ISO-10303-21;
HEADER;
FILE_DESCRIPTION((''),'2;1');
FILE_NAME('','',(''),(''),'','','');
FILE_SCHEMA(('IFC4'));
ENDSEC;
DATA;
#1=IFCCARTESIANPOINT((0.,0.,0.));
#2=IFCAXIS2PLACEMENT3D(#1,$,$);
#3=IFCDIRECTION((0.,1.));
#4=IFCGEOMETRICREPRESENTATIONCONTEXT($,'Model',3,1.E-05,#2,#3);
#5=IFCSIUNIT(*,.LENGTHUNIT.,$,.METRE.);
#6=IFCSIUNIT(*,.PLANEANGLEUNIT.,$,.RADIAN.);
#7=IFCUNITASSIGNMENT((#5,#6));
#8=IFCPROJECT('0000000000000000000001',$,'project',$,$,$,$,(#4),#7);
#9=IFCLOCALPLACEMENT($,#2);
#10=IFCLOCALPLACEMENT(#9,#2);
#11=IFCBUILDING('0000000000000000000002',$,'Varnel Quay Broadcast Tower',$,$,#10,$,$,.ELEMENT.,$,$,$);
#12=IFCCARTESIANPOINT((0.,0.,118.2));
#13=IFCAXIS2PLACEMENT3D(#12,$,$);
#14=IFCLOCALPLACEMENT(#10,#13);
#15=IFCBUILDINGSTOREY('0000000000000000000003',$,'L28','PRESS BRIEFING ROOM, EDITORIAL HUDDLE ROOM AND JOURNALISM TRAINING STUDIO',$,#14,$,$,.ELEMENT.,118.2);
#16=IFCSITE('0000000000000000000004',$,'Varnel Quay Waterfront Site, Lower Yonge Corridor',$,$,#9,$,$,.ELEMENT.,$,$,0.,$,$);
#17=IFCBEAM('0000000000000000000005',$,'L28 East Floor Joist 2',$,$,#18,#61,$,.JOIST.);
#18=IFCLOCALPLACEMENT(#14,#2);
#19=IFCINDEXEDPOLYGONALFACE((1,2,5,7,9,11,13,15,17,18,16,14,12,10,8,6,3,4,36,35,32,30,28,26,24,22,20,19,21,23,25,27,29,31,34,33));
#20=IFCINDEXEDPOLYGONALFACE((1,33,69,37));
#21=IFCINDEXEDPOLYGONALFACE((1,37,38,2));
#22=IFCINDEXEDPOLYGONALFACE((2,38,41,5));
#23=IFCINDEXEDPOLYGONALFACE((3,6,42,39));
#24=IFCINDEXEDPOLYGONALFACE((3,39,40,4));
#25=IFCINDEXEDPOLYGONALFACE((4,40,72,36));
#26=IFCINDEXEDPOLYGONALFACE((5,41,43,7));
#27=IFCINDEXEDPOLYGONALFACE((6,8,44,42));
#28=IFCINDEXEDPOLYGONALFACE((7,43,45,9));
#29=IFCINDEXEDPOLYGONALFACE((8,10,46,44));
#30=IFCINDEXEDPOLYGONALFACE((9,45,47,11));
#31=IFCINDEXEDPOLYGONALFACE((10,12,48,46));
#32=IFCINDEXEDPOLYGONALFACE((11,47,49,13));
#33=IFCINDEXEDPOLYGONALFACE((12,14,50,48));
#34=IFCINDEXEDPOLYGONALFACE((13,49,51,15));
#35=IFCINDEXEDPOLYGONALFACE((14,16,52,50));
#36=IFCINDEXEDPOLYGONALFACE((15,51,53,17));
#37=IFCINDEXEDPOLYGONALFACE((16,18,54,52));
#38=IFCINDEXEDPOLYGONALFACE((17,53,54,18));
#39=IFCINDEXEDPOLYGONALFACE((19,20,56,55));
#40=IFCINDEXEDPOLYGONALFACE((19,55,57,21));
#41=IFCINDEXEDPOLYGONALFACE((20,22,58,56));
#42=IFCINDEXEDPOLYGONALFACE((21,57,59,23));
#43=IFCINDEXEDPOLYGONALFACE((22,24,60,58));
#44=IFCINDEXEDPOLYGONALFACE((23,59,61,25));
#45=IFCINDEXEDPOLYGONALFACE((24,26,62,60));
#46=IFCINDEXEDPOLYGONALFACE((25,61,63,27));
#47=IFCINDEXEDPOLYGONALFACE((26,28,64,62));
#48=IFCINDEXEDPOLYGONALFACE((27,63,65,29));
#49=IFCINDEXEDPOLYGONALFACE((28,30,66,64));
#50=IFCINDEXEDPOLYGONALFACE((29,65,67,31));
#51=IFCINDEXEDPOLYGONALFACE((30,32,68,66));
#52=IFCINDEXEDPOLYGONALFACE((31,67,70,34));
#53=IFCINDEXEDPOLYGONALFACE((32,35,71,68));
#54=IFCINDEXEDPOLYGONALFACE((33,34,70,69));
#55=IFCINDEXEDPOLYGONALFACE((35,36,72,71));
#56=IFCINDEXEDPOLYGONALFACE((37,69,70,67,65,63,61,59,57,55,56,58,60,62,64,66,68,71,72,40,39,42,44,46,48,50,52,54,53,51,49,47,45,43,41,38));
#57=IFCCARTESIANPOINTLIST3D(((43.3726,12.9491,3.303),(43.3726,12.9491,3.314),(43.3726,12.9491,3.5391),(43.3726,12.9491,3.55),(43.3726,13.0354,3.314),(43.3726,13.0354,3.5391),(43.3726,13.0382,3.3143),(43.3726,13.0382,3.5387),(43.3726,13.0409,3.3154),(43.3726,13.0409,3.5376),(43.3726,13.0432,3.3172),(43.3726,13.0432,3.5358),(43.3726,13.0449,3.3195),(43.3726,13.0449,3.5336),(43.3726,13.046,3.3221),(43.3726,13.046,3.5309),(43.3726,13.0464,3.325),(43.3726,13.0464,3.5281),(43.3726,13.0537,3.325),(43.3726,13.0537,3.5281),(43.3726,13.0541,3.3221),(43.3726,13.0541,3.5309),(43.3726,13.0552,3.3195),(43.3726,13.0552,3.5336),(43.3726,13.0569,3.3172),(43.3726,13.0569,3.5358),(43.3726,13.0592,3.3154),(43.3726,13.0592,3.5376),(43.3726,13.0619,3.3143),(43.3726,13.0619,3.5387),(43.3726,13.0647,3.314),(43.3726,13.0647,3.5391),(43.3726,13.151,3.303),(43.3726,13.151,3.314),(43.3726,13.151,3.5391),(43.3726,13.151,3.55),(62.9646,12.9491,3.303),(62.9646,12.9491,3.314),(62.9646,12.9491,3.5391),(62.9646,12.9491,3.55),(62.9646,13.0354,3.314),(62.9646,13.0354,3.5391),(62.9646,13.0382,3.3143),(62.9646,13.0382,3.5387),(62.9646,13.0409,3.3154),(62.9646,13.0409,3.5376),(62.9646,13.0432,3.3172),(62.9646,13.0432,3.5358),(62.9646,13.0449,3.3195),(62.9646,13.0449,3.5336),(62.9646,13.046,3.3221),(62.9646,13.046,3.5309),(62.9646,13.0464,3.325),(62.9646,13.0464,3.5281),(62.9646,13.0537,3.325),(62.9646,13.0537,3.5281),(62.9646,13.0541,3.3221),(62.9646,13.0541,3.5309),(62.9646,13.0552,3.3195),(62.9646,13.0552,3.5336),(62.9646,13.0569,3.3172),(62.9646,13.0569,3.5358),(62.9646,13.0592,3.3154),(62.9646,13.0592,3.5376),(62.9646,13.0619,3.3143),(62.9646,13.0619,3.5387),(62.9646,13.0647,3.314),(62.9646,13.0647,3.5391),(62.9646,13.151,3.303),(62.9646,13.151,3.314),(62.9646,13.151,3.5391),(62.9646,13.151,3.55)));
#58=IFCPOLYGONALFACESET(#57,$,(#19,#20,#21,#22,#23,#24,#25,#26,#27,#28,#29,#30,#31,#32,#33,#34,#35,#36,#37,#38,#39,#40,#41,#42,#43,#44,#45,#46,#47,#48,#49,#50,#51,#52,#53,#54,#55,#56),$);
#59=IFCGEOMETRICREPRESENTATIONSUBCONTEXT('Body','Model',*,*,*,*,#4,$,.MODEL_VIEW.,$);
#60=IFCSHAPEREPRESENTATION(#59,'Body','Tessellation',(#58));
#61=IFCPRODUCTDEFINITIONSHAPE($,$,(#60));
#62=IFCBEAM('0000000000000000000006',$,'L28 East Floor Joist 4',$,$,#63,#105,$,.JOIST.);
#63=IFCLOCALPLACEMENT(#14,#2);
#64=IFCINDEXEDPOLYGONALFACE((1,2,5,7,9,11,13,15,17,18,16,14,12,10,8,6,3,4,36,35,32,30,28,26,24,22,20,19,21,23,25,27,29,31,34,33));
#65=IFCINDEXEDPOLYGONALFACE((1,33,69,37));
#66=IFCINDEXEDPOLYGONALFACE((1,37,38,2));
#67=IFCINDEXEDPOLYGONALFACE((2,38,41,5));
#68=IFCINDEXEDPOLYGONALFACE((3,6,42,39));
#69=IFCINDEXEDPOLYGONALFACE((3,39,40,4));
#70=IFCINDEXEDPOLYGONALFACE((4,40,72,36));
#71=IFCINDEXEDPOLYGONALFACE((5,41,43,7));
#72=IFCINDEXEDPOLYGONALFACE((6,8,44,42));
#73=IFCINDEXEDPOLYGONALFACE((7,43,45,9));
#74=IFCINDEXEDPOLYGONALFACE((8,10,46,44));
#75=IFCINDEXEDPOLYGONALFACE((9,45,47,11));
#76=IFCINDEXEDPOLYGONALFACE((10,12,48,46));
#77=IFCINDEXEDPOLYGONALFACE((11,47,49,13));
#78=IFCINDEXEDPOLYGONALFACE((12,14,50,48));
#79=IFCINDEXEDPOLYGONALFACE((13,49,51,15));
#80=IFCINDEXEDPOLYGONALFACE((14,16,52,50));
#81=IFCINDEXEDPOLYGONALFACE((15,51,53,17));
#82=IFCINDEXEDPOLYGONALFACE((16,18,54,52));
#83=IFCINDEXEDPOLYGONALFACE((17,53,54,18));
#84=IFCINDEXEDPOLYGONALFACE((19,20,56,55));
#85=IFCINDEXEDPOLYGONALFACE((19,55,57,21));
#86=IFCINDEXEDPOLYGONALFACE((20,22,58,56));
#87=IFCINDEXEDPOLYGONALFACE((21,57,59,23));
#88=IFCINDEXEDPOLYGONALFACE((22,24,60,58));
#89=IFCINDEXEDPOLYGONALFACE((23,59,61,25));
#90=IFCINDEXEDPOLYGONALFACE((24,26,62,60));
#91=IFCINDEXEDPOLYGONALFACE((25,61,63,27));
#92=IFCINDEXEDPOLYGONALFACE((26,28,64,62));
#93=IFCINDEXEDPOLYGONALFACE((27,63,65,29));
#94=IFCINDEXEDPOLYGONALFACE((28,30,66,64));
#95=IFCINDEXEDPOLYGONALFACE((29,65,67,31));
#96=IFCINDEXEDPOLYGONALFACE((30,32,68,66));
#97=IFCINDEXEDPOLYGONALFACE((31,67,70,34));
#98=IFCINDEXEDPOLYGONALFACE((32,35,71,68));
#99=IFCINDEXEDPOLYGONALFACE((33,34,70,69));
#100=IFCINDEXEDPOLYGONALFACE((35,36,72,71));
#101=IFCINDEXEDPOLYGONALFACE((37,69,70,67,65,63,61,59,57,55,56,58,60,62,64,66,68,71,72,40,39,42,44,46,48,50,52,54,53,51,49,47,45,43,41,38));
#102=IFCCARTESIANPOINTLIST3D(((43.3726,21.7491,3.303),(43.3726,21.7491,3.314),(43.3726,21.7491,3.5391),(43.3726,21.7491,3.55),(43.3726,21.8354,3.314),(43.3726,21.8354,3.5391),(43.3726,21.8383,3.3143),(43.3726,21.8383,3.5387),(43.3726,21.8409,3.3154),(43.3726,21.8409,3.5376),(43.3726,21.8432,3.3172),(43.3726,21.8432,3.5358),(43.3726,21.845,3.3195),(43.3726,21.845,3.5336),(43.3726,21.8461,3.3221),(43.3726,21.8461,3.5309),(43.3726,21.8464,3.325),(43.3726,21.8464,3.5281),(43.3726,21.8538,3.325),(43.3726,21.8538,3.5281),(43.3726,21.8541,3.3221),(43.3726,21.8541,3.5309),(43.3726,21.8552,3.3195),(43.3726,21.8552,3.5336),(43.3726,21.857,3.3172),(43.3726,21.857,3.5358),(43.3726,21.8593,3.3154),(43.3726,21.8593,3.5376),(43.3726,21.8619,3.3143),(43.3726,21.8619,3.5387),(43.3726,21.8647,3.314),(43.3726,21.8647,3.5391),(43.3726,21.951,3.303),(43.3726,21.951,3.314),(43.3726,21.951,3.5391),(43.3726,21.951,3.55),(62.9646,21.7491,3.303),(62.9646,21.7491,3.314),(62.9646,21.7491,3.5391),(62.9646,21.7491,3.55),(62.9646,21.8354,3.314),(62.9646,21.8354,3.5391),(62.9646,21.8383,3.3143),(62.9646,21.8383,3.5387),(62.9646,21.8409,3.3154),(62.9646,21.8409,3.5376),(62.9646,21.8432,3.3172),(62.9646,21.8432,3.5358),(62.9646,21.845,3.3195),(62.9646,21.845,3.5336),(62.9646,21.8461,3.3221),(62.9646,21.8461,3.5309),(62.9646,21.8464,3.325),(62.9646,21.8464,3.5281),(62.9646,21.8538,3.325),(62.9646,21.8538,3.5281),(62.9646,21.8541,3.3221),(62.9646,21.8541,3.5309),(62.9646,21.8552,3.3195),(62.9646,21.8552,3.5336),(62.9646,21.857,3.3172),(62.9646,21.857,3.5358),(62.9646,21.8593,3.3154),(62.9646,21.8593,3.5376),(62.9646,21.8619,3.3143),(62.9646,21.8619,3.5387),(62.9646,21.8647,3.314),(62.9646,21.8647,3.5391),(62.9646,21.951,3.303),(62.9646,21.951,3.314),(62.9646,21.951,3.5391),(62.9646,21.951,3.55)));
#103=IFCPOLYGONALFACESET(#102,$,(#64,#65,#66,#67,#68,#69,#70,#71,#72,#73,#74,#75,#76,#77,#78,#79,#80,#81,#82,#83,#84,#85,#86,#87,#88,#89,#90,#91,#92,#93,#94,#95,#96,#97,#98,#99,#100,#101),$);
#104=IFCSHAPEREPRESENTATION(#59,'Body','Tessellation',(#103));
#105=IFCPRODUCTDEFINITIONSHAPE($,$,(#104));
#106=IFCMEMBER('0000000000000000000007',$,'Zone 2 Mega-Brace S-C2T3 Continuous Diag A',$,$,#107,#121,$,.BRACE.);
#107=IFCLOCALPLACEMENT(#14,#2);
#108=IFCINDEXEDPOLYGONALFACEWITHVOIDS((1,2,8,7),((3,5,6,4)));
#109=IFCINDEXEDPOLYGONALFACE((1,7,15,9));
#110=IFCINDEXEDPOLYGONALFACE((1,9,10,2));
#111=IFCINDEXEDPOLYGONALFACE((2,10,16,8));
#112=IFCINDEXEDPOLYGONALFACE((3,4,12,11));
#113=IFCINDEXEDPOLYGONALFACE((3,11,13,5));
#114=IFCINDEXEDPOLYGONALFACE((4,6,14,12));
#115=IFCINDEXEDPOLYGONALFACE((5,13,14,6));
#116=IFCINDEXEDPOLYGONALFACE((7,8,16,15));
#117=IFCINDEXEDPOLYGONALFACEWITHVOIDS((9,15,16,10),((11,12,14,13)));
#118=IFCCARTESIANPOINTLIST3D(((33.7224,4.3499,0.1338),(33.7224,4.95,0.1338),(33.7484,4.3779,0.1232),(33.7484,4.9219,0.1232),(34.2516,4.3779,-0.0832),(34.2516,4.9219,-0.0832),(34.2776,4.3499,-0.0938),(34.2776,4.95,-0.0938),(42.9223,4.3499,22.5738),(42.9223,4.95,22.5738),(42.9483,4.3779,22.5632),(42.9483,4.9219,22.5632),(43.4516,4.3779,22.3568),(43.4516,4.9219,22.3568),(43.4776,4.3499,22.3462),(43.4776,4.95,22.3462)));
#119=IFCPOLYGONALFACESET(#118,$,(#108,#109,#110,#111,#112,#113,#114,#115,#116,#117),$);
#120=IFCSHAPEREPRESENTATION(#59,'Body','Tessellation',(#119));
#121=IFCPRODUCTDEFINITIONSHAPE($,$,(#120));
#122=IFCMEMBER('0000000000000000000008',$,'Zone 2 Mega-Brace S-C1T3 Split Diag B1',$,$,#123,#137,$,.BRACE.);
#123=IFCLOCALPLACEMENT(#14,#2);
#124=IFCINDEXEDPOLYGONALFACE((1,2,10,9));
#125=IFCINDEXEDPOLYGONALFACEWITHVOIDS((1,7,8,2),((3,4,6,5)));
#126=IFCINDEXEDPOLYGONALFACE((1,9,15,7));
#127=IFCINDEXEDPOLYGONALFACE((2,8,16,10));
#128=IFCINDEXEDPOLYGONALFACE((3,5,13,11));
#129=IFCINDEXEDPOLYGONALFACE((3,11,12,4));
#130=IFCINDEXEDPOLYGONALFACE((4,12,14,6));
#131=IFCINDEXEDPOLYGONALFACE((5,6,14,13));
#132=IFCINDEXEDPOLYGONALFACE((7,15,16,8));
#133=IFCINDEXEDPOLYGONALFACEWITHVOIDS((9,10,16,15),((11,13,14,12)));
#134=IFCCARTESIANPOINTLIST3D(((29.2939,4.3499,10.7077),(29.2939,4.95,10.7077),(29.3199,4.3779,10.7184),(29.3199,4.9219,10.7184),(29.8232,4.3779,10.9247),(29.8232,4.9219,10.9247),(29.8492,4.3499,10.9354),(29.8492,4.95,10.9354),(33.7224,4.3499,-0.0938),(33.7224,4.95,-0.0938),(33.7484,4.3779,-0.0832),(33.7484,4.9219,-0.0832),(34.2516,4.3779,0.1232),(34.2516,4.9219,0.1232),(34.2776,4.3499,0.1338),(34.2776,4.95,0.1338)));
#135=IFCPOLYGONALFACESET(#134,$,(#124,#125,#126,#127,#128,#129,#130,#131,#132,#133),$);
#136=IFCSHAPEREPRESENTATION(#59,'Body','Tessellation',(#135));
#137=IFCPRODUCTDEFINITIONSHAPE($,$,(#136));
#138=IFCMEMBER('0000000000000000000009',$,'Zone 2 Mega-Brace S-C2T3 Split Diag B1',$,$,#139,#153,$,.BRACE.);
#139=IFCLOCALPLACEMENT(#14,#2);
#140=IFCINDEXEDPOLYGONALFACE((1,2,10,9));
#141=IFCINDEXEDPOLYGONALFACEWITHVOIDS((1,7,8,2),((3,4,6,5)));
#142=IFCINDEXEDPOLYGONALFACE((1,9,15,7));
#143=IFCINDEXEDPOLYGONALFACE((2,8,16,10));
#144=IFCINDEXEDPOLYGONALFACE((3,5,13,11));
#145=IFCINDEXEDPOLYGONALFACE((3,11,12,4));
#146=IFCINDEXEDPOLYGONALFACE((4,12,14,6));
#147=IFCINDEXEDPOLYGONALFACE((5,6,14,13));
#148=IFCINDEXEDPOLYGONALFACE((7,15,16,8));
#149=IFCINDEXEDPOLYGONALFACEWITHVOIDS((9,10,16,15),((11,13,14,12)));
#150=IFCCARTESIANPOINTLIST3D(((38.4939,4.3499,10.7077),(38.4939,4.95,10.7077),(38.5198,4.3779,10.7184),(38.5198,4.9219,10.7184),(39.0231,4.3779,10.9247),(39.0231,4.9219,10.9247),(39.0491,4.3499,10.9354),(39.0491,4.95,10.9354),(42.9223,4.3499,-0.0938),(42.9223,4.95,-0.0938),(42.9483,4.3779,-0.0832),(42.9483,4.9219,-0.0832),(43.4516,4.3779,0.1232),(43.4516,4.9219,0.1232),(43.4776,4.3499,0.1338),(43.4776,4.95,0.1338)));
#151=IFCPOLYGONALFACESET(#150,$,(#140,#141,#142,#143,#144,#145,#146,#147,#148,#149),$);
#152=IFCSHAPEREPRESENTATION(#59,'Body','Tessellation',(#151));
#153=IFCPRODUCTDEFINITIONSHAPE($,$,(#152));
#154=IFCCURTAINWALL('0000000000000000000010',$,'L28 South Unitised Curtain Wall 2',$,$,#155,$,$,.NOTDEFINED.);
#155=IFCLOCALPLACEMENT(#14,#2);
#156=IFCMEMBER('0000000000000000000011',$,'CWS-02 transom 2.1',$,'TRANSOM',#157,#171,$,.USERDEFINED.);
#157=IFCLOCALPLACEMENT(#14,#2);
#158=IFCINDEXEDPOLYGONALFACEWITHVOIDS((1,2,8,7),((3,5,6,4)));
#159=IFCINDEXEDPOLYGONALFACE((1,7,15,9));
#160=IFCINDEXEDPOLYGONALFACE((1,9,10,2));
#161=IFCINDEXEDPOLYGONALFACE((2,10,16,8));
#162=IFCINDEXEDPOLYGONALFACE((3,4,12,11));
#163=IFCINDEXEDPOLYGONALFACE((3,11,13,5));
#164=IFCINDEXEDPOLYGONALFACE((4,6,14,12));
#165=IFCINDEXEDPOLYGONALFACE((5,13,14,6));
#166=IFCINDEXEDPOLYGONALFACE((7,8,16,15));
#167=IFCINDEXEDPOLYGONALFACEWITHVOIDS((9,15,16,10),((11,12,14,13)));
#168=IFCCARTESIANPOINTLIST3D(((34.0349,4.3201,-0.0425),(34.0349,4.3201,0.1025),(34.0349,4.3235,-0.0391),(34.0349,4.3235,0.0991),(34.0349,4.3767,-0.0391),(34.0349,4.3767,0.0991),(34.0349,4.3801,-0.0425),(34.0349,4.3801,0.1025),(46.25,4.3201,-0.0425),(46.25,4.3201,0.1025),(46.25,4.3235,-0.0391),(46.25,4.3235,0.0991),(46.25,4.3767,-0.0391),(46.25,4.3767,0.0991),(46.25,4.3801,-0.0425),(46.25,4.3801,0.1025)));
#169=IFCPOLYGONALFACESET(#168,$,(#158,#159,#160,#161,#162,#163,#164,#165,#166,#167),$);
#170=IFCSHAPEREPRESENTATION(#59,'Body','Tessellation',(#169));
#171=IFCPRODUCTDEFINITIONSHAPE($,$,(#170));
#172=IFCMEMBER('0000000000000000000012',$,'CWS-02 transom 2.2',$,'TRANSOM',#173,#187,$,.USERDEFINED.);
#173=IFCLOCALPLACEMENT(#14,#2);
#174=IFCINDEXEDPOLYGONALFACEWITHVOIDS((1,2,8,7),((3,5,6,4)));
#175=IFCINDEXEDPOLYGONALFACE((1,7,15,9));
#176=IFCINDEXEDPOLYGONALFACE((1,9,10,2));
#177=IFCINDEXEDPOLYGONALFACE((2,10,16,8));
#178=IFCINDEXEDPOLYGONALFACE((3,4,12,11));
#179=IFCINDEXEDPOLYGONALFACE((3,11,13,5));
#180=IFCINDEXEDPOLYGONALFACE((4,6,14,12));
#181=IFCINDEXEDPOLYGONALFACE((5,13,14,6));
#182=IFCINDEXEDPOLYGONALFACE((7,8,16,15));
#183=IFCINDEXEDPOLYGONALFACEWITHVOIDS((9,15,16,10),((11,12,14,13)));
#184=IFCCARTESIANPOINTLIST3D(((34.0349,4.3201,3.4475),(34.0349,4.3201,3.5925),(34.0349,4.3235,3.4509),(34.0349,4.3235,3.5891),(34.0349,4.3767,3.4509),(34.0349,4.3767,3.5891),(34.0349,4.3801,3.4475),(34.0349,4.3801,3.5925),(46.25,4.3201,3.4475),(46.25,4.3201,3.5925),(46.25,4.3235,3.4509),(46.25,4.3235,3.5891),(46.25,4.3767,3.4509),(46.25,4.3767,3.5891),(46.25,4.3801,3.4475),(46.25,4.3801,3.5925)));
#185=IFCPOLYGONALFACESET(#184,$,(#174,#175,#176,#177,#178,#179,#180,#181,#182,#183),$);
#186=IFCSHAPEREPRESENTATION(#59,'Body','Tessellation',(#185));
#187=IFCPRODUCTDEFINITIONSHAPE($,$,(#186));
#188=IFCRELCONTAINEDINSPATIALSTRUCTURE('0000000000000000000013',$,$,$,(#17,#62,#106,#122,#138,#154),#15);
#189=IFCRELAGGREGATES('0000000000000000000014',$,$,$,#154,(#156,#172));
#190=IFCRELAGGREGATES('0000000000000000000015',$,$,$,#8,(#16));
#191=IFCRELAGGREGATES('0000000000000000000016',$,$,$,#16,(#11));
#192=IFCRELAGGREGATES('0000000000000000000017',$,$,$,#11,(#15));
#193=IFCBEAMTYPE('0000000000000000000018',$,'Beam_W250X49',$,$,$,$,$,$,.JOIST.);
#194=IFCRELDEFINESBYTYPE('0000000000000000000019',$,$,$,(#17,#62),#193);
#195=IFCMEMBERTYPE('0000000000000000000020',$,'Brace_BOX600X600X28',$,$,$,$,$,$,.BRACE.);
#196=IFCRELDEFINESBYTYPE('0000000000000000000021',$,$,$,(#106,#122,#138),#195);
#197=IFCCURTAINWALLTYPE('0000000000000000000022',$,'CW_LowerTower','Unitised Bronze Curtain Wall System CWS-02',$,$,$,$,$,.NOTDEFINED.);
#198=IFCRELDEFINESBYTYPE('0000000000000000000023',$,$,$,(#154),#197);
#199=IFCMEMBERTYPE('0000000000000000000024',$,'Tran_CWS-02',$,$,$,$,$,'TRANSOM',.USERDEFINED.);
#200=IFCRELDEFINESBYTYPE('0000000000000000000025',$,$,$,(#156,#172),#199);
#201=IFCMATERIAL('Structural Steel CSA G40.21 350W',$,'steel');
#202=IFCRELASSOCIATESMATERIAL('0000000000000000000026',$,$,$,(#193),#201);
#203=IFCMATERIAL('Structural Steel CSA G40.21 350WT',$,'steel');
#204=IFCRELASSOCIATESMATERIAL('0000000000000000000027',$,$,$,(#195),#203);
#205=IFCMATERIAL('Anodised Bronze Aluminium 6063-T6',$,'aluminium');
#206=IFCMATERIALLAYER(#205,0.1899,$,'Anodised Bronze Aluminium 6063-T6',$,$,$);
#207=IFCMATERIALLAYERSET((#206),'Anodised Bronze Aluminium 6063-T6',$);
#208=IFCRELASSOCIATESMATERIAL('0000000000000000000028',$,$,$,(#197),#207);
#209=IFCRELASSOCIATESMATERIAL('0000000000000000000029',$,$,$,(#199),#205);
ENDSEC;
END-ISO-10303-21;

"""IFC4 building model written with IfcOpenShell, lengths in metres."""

from ifc_helpers import new_model, si_unit, direction, frame, origin, origin_2d, place, context, subcontext, project, spatial, hollow_rectangle, i_section, extrude, source, transform, mapped, material, layer, layer_set, material_profile, profile_set, type_object, type_shapes, element, aggregate, save


model = new_model("IFC4")

# Units and contexts
model_context = context("Model", 3, precision=1e-05, world=origin(), true_north=direction((0.0, 1.0)))
body_context = subcontext(model_context, "Body", "Model", "MODEL_VIEW")
ifc_project = project(units=[si_unit("LENGTHUNIT", "METRE"), si_unit("PLANEANGLEUNIT", "RADIAN")], contexts=[model_context])

# Site, building, storey
site_placement = place(None, origin())
site = spatial("IfcSite", under=ifc_project, at=site_placement, Name="Varnel Quay Waterfront Site, Lower Yonge Corridor", CompositionType="ELEMENT", RefElevation=0.0)
building_placement = place(site_placement, origin())
building = spatial("IfcBuilding", under=site, at=building_placement, Name="Varnel Quay Broadcast Tower", CompositionType="ELEMENT")
storey_placement = place(building_placement, frame((0.0, 0.0, 118.2)))
storey = spatial("IfcBuildingStorey", under=building, at=storey_placement, Name="L28", Description="PRESS BRIEFING ROOM, EDITORIAL HUDDLE ROOM AND JOURNALISM TRAINING STUDIO", CompositionType="ELEMENT", Elevation=118.2)

# Shared definitions
ifc_material_1 = material(Name="Structural Steel CSA G40.21 350W", Category="steel")

# Beams
ifc_material_profile_1 = material_profile(ifc_material_1, i_section(OverallWidth=0.2019, OverallDepth=0.2471, WebThickness=0.0073, FlangeThickness=0.011, FilletRadius=0.011, at=origin_2d()), Name="W250X49")
ifc_profile_set_1 = profile_set([ifc_material_profile_1], Name="Structural Steel CSA G40.21 350W")
beam_type_1 = type_object("IfcBeamType", Name="Beam_W250X49", PredefinedType="JOIST", material=ifc_profile_set_1)
shared_shape_1 = source(origin(), body_context, "Body", "SweptSolid", [
    extrude(i_section(OverallWidth=0.2019, OverallDepth=0.2471, WebThickness=0.0073, FlangeThickness=0.011, FilletRadius=0.011, at=origin_2d()), origin(), (0.0, 0.0, 1.0), 19.592),
])
type_shapes(beam_type_1, [shared_shape_1])
for number, where, z_axis, x_axis, name in (
    (1, (43.3726, 13.05, 3.4265), (1.0, 0.0, 0.0), (0.0, 1.0, 0.0), "L28 East Floor Joist 2"),
    (2, (43.3726, 21.8501, 3.4265), (1.0, 0.0, 0.0), (0.0, 1.0, 0.0), "L28 East Floor Joist 4"),
):
    element("IfcBeam", number, at=place(storey_placement, frame(where, z_axis=z_axis, x_axis=x_axis)), inside=storey, type_object=beam_type_1, Name=name, PredefinedType="JOIST", context=body_context, shape_type="MappedRepresentation", body=[
        mapped(shared_shape_1, transform((0.0, 0.0, 0.0), x_axis=(1.0, 0.0, 0.0), y_axis=(0.0, 1.0, 0.0), z_axis=(0.0, 0.0, 1.0), scale=1.0)),
    ])

# Members
ifc_material_2 = material(Name="Structural Steel CSA G40.21 350WT", Category="steel")
ifc_material_profile_2 = material_profile(ifc_material_2, hollow_rectangle(XDim=0.6001, YDim=0.6001, WallThickness=0.0281, at=origin_2d()), Name="BOX600X600X28")
ifc_profile_set_2 = profile_set([ifc_material_profile_2], Name="Structural Steel CSA G40.21 350WT")
member_type_1 = type_object("IfcMemberType", Name="Brace_BOX600X600X28", PredefinedType="BRACE", material=ifc_profile_set_2)
shared_shape_2 = source(origin(), body_context, "Body", "SweptSolid", [
    extrude(hollow_rectangle(XDim=0.6001, YDim=0.6001, WallThickness=0.0281, at=origin_2d()), origin(), (0.0, 0.0, 1.0), 24.2527),
])
member_1_placement = place(storey_placement, frame((34.0, 4.6499, 0.02), z_axis=(0.379338, 0.0, 0.925258), x_axis=(0.0, 1.0, 0.0)))
element("IfcMember", 3, at=member_1_placement, inside=storey, type_object=member_type_1, Name="Zone 2 Mega-Brace S-C2T3 Continuous Diag A", PredefinedType="BRACE", context=body_context, shape_type="MappedRepresentation", body=[
    mapped(shared_shape_2, transform((0.0, 0.0, 0.0), x_axis=(1.0, 0.0, 0.0), y_axis=(0.0, 1.0, 0.0), z_axis=(0.0, 0.0, 1.0), scale=1.0)),
])
shared_shape_3 = source(origin(), body_context, "Body", "SweptSolid", [
    extrude(hollow_rectangle(XDim=0.6001, YDim=0.6001, WallThickness=0.0281, at=origin_2d()), origin(), (0.0, 0.0, 1.0), 11.6741),
])
type_shapes(member_type_1, [shared_shape_2, shared_shape_3])
for number, where, z_axis, x_axis, name in (
    (4, (34.0, 4.6499, 0.02), (-0.379342, 0.0, 0.925257), (0.0, -1.0, 0.0), "Zone 2 Mega-Brace S-C1T3 Split Diag B1"),
    (5, (43.2, 4.6499, 0.02), (-0.379342, 0.0, 0.925257), (0.0, -1.0, 0.0), "Zone 2 Mega-Brace S-C2T3 Split Diag B1"),
):
    element("IfcMember", number, at=place(storey_placement, frame(where, z_axis=z_axis, x_axis=x_axis)), inside=storey, type_object=member_type_1, Name=name, PredefinedType="BRACE", context=body_context, shape_type="MappedRepresentation", body=[
        mapped(shared_shape_3, transform((0.0, 0.0, 0.0), x_axis=(1.0, 0.0, 0.0), y_axis=(0.0, 1.0, 0.0), z_axis=(0.0, 0.0, 1.0), scale=1.0)),
    ])

# Curtain wall, members
ifc_material_3 = material(Name="Anodised Bronze Aluminium 6063-T6", Category="aluminium")
ifc_layer_1 = layer(ifc_material_3, 0.1899, Name="Anodised Bronze Aluminium 6063-T6")
ifc_layer_set_1 = layer_set([ifc_layer_1], Name="Anodised Bronze Aluminium 6063-T6")
curtain_wall_type = type_object("IfcCurtainWallType", Name="CW_LowerTower", Description="Unitised Bronze Curtain Wall System CWS-02", PredefinedType="NOTDEFINED", material=ifc_layer_set_1)
curtain_wall_placement = place(storey_placement, origin())
curtain_wall = element("IfcCurtainWall", 6, at=curtain_wall_placement, inside=storey, type_object=curtain_wall_type, Name="L28 South Unitised Curtain Wall 2", PredefinedType="NOTDEFINED")
ifc_material_profile_3 = material_profile(ifc_material_3, hollow_rectangle(XDim=0.0601, YDim=0.145, WallThickness=0.0034, at=origin_2d()), Name="ALU60X145X3.5")
ifc_profile_set_3 = profile_set([ifc_material_profile_3], Name="Anodised Bronze Aluminium 6063-T6")
member_type_2 = type_object("IfcMemberType", Name="Tran_CWS-02", ElementType="TRANSOM", PredefinedType="USERDEFINED", material=ifc_profile_set_3)
shared_shape_4 = source(origin(), body_context, "Body", "SweptSolid", [
    extrude(hollow_rectangle(XDim=0.0601, YDim=0.145, WallThickness=0.0034, at=origin_2d()), origin(), (0.0, 0.0, 1.0), 12.2151),
])
type_shapes(member_type_2, [shared_shape_4])
member_2_placement = place(storey_placement, frame((34.0349, 4.3501, 0.03), z_axis=(1.0, 0.0, 0.0), x_axis=(0.0, 1.0, 0.0)))
member_2 = element("IfcMember", 7, at=member_2_placement, type_object=member_type_2, Name="CWS-02 transom 2.1", ObjectType="TRANSOM", PredefinedType="USERDEFINED", context=body_context, shape_type="MappedRepresentation", body=[
    mapped(shared_shape_4, transform((0.0, 0.0, 0.0), x_axis=(1.0, 0.0, 0.0), y_axis=(0.0, 1.0, 0.0), z_axis=(0.0, 0.0, 1.0), scale=1.0)),
])
member_3_placement = place(storey_placement, frame((34.0349, 4.3501, 3.52), z_axis=(1.0, 0.0, 0.0), x_axis=(0.0, 1.0, 0.0)))
member_3 = element("IfcMember", 8, at=member_3_placement, type_object=member_type_2, Name="CWS-02 transom 2.2", ObjectType="TRANSOM", PredefinedType="USERDEFINED", context=body_context, shape_type="MappedRepresentation", body=[
    mapped(shared_shape_4, transform((0.0, 0.0, 0.0), x_axis=(1.0, 0.0, 0.0), y_axis=(0.0, 1.0, 0.0), z_axis=(0.0, 0.0, 1.0), scale=1.0)),
])

aggregate(curtain_wall, [member_2, member_3])

save(model, "model.ifc")
